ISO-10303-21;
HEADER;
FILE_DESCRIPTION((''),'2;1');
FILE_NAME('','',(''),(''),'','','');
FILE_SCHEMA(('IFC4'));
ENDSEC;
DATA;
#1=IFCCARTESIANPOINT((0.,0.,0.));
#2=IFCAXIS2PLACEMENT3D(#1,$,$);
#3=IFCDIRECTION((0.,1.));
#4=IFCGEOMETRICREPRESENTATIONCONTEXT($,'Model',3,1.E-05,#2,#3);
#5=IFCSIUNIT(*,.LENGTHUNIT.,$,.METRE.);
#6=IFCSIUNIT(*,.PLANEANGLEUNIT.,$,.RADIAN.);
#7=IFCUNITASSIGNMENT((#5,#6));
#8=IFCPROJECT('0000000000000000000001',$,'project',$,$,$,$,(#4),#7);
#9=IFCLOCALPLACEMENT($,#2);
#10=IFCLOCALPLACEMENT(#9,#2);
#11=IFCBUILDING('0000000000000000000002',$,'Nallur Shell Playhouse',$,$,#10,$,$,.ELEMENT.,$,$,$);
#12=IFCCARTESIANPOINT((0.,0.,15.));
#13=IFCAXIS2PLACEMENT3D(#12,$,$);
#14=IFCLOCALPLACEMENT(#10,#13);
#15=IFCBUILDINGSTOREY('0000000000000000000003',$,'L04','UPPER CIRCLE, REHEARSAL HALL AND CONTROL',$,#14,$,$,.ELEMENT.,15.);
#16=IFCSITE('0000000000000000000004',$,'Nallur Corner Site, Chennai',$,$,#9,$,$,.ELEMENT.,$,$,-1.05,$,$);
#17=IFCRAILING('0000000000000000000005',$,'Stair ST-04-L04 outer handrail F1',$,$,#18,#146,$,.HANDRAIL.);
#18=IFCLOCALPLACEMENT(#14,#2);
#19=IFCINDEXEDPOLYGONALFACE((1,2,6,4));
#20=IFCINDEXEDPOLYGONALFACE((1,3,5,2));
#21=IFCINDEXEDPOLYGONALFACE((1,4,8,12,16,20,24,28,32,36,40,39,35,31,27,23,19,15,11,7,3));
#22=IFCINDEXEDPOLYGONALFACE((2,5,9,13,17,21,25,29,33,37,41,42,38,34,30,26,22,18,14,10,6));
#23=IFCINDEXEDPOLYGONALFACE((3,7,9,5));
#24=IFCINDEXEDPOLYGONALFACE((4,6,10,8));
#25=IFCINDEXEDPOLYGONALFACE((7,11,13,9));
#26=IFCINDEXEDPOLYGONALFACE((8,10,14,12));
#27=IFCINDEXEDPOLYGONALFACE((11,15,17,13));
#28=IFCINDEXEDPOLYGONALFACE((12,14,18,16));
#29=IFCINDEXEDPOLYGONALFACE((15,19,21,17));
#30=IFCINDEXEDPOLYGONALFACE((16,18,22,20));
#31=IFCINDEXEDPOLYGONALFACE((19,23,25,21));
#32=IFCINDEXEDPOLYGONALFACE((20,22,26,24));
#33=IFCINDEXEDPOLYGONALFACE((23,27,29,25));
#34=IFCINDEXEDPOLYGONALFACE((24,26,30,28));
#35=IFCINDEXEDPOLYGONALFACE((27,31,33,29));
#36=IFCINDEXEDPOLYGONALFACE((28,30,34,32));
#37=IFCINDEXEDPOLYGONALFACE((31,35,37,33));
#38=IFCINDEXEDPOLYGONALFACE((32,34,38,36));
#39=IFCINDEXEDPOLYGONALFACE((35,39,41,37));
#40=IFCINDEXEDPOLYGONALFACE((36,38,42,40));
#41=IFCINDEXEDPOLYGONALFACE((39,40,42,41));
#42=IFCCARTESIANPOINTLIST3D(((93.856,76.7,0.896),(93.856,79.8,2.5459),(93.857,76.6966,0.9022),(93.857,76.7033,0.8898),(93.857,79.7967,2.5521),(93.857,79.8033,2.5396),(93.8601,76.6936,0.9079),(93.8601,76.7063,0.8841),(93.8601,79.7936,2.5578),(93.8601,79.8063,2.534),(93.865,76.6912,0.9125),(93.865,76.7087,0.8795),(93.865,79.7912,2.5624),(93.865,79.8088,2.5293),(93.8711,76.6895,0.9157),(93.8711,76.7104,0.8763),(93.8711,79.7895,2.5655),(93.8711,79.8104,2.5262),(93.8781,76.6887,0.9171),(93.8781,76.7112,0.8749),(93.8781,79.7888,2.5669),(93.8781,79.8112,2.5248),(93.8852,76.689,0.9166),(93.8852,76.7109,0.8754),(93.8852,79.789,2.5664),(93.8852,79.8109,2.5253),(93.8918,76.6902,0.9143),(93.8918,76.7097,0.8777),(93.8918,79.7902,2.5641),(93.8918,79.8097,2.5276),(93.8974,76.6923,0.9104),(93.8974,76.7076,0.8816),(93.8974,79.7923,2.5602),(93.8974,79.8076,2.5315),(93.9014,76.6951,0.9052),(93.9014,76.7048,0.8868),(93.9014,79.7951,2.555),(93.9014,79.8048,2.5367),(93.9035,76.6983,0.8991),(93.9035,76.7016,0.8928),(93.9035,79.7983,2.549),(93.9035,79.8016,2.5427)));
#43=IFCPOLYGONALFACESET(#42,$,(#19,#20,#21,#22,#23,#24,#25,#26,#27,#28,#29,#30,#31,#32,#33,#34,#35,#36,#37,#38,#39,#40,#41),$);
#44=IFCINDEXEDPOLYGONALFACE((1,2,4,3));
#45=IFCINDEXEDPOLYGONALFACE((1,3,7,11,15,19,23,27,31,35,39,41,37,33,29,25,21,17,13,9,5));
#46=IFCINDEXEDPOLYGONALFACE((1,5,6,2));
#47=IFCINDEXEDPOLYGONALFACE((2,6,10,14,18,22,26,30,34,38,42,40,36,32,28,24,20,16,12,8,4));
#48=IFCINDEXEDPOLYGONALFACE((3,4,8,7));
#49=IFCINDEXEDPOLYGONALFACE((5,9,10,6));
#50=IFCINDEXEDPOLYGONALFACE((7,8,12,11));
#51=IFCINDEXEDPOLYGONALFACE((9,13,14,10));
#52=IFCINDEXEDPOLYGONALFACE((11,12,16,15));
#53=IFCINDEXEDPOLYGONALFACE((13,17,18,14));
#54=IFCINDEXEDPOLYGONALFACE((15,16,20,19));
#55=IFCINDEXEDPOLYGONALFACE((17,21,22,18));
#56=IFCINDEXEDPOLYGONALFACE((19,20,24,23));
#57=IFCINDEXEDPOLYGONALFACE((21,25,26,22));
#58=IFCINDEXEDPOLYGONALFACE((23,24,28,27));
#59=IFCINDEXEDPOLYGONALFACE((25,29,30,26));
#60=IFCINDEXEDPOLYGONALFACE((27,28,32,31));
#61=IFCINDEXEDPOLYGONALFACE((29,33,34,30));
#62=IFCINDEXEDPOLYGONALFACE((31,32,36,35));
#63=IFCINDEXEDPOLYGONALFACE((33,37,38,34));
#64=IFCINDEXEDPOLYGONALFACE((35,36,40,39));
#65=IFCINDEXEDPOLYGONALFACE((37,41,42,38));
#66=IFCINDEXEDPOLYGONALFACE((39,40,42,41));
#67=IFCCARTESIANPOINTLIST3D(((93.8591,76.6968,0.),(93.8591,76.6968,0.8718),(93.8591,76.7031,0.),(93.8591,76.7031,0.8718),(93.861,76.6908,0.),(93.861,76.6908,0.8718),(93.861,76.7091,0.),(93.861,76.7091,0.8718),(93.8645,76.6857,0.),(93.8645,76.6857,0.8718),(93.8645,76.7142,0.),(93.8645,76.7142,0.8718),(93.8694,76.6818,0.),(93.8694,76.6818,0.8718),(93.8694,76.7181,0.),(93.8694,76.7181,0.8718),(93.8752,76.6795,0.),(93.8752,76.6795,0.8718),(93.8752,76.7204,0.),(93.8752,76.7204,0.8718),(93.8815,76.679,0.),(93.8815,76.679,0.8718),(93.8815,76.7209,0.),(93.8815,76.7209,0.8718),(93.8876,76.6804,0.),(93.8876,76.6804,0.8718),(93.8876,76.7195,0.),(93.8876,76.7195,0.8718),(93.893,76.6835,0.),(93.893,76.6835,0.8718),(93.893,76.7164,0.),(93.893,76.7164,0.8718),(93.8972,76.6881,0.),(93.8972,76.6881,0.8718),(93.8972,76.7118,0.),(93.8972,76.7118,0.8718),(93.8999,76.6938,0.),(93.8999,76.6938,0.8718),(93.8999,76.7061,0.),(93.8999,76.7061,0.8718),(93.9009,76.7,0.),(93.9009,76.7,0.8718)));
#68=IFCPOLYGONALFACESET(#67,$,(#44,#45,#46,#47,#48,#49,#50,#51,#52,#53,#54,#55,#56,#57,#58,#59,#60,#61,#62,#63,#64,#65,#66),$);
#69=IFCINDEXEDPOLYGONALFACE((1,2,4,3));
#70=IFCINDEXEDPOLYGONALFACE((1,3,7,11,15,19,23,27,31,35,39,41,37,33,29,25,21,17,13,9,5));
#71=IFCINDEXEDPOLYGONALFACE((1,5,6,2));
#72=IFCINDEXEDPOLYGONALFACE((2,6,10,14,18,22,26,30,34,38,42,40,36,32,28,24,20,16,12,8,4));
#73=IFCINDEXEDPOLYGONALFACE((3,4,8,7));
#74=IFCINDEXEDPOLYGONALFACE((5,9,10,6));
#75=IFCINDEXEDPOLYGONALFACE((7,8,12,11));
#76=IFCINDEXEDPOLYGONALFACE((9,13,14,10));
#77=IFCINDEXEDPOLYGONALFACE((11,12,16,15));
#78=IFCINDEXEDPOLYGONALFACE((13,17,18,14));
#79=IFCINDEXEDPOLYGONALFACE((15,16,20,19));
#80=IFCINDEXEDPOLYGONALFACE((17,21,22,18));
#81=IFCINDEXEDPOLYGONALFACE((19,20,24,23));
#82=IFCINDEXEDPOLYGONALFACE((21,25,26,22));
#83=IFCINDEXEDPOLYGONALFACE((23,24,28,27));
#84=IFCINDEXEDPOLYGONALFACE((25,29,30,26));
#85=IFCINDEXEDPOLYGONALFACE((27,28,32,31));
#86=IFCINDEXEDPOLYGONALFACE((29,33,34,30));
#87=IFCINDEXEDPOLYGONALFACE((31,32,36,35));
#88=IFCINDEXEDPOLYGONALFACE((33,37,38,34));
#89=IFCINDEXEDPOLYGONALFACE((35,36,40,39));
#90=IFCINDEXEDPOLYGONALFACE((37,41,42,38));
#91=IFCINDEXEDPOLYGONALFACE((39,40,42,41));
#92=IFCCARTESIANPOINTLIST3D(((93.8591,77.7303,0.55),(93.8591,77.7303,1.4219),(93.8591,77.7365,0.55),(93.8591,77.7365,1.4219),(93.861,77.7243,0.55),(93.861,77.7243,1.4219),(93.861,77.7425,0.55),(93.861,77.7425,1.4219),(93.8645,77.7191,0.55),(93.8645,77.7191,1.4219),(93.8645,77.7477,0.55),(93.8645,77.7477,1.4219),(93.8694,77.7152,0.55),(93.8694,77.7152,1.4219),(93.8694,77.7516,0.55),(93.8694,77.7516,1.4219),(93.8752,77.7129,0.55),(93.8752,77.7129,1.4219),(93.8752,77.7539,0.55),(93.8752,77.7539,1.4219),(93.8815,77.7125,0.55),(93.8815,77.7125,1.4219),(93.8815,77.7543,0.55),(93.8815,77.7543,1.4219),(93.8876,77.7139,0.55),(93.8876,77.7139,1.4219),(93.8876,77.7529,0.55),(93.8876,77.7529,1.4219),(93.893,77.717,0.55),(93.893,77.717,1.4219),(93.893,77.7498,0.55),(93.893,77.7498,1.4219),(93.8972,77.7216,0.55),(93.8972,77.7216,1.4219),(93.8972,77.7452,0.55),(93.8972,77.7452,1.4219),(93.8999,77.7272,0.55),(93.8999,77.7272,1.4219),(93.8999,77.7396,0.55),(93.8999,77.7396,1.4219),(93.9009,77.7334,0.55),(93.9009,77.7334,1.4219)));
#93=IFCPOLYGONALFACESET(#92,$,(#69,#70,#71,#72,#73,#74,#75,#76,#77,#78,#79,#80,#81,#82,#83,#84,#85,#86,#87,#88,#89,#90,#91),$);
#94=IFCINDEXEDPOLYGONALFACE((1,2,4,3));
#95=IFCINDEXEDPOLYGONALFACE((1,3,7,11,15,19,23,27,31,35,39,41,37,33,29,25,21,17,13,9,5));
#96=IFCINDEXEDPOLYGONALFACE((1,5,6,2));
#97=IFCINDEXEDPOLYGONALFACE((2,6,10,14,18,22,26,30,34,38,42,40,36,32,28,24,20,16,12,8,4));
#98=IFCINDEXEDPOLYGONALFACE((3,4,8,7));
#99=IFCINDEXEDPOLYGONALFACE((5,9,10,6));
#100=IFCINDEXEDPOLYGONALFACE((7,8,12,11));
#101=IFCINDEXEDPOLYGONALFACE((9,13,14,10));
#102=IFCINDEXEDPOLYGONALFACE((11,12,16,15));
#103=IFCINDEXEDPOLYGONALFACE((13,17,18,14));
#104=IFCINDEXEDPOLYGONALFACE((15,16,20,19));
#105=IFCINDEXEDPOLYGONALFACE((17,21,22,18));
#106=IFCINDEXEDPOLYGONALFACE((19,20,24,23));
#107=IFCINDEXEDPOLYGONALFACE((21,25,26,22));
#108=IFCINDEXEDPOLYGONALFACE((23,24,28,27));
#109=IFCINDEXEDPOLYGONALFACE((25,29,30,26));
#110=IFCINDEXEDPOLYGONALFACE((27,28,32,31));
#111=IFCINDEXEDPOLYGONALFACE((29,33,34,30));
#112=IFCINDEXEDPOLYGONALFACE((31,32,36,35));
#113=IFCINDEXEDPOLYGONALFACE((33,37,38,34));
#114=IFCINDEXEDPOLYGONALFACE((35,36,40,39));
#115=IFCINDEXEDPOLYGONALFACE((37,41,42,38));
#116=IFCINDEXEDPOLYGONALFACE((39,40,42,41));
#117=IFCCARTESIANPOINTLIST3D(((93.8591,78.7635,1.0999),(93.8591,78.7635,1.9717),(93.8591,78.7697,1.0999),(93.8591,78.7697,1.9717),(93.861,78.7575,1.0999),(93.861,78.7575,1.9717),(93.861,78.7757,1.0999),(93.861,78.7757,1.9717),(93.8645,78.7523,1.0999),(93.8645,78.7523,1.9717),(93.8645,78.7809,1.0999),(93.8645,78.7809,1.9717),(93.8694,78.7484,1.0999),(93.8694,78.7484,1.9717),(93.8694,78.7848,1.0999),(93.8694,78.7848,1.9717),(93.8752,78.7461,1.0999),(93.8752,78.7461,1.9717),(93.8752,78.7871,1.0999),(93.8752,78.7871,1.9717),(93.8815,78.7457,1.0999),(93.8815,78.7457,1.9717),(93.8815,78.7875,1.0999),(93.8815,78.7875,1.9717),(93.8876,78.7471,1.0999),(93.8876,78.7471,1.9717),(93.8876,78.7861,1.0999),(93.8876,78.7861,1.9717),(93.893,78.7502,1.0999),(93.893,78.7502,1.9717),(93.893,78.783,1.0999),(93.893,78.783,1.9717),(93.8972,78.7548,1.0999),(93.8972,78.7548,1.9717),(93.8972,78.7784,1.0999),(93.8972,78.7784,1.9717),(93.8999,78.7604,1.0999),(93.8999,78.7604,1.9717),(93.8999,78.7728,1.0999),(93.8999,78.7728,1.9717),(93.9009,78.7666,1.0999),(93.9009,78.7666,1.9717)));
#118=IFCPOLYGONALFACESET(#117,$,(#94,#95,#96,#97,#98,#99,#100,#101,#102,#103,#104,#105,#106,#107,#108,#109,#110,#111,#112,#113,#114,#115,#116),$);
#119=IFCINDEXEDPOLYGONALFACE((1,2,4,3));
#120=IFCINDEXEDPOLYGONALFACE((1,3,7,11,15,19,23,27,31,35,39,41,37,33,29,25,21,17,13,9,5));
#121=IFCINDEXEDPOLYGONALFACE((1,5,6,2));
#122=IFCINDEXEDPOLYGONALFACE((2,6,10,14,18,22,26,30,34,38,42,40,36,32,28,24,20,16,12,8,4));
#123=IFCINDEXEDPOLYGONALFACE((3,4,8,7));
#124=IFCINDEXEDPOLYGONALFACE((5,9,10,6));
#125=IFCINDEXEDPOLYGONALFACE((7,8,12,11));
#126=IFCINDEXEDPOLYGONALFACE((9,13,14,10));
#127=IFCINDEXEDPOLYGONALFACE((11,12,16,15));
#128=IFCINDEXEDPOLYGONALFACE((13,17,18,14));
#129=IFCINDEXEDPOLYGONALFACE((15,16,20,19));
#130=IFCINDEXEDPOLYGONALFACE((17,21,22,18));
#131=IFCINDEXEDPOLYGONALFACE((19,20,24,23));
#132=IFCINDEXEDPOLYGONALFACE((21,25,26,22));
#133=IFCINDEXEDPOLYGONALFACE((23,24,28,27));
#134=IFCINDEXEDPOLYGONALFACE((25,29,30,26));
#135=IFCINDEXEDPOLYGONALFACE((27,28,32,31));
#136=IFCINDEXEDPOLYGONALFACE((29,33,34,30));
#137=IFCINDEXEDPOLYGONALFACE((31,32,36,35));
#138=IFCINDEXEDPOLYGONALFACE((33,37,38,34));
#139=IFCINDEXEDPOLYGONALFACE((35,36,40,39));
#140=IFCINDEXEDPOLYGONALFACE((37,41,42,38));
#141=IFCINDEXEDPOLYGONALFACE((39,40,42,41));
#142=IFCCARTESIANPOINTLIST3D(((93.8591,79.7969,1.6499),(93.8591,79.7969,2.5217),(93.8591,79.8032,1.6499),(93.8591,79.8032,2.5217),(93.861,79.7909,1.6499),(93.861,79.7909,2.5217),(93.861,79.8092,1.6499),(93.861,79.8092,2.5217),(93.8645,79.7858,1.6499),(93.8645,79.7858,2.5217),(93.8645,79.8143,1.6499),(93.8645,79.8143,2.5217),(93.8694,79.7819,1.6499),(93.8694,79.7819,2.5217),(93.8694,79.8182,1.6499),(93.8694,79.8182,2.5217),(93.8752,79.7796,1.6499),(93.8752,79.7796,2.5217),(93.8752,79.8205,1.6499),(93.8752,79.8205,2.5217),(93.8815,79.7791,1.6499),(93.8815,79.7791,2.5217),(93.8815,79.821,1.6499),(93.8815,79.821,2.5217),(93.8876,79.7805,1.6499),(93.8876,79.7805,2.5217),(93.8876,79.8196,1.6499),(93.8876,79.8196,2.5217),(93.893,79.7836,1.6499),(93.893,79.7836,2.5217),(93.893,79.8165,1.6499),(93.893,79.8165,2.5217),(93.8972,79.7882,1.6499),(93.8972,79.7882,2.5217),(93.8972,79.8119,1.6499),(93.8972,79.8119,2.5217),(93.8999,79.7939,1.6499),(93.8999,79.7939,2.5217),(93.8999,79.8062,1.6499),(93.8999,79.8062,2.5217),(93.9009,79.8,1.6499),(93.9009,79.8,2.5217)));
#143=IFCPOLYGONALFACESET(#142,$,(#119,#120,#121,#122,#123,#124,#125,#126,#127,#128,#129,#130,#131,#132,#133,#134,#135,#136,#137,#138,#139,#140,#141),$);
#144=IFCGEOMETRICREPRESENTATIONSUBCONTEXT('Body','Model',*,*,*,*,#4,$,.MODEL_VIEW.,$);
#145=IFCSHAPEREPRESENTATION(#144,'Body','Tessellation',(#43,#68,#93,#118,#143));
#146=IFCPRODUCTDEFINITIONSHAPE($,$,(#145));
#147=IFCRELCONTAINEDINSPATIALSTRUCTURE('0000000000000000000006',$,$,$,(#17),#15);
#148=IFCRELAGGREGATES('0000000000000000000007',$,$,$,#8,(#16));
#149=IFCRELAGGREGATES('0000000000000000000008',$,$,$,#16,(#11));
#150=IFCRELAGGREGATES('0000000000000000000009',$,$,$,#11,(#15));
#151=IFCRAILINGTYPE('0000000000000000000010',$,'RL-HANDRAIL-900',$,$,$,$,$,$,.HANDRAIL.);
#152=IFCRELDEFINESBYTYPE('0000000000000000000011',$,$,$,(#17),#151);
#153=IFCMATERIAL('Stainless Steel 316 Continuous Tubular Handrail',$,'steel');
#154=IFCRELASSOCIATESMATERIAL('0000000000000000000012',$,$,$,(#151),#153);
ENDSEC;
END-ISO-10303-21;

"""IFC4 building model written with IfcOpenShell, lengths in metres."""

from ifc_helpers import new_model, si_unit, direction, frame, origin, origin_2d, place, context, subcontext, project, spatial, circle, extrude, material, type_object, element, save


model = new_model("IFC4")

# Units and contexts
model_context = context("Model", 3, precision=1e-05, world=origin(), true_north=direction((0.0, 1.0)))
body_context = subcontext(model_context, "Body", "Model", "MODEL_VIEW")
ifc_project = project(units=[si_unit("LENGTHUNIT", "METRE"), si_unit("PLANEANGLEUNIT", "RADIAN")], contexts=[model_context])

# Site, building, storey
site_placement = place(None, origin())
site = spatial("IfcSite", under=ifc_project, at=site_placement, Name="Nallur Corner Site, Chennai", CompositionType="ELEMENT", RefElevation=-1.05)
building_placement = place(site_placement, origin())
building = spatial("IfcBuilding", under=site, at=building_placement, Name="Nallur Shell Playhouse", CompositionType="ELEMENT")
storey_placement = place(building_placement, frame((0.0, 0.0, 15.0)))
storey = spatial("IfcBuildingStorey", under=building, at=storey_placement, Name="L04", Description="UPPER CIRCLE, REHEARSAL HALL AND CONTROL", CompositionType="ELEMENT", Elevation=15.0)

# Railing
ifc_material_1 = material(Name="Stainless Steel 316 Continuous Tubular Handrail", Category="steel")
railing_type_1 = type_object("IfcRailingType", Name="RL-HANDRAIL-900", PredefinedType="HANDRAIL", material=ifc_material_1)
railing_1_placement = place(storey_placement, frame((93.8799, 76.7, 0.0)))
element("IfcRailing", 1, at=railing_1_placement, inside=storey, type_object=railing_type_1, Name="Stair ST-04-L04 outer handrail F1", PredefinedType="HANDRAIL", context=body_context, shape_type="SweptSolid", body=[
    extrude(circle(Radius=0.0239, at=origin_2d()), frame((0.0, 0.0, 0.896), z_axis=(0.0, 0.882764, 0.469816), x_axis=(-1.0, 0.0, 0.0)), (0.0, 0.0, 1.0), 3.5117),
    extrude(circle(Radius=0.021, at=origin_2d()), origin(), (0.0, 0.0, 1.0), 0.8718),
    extrude(circle(Radius=0.021, at=origin_2d()), frame((0.0, 1.0334, 0.55)), (0.0, 0.0, 1.0), 0.8718),
    extrude(circle(Radius=0.021, at=origin_2d()), frame((0.0, 2.0667, 1.0999)), (0.0, 0.0, 1.0), 0.8718),
    extrude(circle(Radius=0.021, at=origin_2d()), frame((0.0, 3.1001, 1.6499)), (0.0, 0.0, 1.0), 0.8718),
])

save(model, "model.ifc")
